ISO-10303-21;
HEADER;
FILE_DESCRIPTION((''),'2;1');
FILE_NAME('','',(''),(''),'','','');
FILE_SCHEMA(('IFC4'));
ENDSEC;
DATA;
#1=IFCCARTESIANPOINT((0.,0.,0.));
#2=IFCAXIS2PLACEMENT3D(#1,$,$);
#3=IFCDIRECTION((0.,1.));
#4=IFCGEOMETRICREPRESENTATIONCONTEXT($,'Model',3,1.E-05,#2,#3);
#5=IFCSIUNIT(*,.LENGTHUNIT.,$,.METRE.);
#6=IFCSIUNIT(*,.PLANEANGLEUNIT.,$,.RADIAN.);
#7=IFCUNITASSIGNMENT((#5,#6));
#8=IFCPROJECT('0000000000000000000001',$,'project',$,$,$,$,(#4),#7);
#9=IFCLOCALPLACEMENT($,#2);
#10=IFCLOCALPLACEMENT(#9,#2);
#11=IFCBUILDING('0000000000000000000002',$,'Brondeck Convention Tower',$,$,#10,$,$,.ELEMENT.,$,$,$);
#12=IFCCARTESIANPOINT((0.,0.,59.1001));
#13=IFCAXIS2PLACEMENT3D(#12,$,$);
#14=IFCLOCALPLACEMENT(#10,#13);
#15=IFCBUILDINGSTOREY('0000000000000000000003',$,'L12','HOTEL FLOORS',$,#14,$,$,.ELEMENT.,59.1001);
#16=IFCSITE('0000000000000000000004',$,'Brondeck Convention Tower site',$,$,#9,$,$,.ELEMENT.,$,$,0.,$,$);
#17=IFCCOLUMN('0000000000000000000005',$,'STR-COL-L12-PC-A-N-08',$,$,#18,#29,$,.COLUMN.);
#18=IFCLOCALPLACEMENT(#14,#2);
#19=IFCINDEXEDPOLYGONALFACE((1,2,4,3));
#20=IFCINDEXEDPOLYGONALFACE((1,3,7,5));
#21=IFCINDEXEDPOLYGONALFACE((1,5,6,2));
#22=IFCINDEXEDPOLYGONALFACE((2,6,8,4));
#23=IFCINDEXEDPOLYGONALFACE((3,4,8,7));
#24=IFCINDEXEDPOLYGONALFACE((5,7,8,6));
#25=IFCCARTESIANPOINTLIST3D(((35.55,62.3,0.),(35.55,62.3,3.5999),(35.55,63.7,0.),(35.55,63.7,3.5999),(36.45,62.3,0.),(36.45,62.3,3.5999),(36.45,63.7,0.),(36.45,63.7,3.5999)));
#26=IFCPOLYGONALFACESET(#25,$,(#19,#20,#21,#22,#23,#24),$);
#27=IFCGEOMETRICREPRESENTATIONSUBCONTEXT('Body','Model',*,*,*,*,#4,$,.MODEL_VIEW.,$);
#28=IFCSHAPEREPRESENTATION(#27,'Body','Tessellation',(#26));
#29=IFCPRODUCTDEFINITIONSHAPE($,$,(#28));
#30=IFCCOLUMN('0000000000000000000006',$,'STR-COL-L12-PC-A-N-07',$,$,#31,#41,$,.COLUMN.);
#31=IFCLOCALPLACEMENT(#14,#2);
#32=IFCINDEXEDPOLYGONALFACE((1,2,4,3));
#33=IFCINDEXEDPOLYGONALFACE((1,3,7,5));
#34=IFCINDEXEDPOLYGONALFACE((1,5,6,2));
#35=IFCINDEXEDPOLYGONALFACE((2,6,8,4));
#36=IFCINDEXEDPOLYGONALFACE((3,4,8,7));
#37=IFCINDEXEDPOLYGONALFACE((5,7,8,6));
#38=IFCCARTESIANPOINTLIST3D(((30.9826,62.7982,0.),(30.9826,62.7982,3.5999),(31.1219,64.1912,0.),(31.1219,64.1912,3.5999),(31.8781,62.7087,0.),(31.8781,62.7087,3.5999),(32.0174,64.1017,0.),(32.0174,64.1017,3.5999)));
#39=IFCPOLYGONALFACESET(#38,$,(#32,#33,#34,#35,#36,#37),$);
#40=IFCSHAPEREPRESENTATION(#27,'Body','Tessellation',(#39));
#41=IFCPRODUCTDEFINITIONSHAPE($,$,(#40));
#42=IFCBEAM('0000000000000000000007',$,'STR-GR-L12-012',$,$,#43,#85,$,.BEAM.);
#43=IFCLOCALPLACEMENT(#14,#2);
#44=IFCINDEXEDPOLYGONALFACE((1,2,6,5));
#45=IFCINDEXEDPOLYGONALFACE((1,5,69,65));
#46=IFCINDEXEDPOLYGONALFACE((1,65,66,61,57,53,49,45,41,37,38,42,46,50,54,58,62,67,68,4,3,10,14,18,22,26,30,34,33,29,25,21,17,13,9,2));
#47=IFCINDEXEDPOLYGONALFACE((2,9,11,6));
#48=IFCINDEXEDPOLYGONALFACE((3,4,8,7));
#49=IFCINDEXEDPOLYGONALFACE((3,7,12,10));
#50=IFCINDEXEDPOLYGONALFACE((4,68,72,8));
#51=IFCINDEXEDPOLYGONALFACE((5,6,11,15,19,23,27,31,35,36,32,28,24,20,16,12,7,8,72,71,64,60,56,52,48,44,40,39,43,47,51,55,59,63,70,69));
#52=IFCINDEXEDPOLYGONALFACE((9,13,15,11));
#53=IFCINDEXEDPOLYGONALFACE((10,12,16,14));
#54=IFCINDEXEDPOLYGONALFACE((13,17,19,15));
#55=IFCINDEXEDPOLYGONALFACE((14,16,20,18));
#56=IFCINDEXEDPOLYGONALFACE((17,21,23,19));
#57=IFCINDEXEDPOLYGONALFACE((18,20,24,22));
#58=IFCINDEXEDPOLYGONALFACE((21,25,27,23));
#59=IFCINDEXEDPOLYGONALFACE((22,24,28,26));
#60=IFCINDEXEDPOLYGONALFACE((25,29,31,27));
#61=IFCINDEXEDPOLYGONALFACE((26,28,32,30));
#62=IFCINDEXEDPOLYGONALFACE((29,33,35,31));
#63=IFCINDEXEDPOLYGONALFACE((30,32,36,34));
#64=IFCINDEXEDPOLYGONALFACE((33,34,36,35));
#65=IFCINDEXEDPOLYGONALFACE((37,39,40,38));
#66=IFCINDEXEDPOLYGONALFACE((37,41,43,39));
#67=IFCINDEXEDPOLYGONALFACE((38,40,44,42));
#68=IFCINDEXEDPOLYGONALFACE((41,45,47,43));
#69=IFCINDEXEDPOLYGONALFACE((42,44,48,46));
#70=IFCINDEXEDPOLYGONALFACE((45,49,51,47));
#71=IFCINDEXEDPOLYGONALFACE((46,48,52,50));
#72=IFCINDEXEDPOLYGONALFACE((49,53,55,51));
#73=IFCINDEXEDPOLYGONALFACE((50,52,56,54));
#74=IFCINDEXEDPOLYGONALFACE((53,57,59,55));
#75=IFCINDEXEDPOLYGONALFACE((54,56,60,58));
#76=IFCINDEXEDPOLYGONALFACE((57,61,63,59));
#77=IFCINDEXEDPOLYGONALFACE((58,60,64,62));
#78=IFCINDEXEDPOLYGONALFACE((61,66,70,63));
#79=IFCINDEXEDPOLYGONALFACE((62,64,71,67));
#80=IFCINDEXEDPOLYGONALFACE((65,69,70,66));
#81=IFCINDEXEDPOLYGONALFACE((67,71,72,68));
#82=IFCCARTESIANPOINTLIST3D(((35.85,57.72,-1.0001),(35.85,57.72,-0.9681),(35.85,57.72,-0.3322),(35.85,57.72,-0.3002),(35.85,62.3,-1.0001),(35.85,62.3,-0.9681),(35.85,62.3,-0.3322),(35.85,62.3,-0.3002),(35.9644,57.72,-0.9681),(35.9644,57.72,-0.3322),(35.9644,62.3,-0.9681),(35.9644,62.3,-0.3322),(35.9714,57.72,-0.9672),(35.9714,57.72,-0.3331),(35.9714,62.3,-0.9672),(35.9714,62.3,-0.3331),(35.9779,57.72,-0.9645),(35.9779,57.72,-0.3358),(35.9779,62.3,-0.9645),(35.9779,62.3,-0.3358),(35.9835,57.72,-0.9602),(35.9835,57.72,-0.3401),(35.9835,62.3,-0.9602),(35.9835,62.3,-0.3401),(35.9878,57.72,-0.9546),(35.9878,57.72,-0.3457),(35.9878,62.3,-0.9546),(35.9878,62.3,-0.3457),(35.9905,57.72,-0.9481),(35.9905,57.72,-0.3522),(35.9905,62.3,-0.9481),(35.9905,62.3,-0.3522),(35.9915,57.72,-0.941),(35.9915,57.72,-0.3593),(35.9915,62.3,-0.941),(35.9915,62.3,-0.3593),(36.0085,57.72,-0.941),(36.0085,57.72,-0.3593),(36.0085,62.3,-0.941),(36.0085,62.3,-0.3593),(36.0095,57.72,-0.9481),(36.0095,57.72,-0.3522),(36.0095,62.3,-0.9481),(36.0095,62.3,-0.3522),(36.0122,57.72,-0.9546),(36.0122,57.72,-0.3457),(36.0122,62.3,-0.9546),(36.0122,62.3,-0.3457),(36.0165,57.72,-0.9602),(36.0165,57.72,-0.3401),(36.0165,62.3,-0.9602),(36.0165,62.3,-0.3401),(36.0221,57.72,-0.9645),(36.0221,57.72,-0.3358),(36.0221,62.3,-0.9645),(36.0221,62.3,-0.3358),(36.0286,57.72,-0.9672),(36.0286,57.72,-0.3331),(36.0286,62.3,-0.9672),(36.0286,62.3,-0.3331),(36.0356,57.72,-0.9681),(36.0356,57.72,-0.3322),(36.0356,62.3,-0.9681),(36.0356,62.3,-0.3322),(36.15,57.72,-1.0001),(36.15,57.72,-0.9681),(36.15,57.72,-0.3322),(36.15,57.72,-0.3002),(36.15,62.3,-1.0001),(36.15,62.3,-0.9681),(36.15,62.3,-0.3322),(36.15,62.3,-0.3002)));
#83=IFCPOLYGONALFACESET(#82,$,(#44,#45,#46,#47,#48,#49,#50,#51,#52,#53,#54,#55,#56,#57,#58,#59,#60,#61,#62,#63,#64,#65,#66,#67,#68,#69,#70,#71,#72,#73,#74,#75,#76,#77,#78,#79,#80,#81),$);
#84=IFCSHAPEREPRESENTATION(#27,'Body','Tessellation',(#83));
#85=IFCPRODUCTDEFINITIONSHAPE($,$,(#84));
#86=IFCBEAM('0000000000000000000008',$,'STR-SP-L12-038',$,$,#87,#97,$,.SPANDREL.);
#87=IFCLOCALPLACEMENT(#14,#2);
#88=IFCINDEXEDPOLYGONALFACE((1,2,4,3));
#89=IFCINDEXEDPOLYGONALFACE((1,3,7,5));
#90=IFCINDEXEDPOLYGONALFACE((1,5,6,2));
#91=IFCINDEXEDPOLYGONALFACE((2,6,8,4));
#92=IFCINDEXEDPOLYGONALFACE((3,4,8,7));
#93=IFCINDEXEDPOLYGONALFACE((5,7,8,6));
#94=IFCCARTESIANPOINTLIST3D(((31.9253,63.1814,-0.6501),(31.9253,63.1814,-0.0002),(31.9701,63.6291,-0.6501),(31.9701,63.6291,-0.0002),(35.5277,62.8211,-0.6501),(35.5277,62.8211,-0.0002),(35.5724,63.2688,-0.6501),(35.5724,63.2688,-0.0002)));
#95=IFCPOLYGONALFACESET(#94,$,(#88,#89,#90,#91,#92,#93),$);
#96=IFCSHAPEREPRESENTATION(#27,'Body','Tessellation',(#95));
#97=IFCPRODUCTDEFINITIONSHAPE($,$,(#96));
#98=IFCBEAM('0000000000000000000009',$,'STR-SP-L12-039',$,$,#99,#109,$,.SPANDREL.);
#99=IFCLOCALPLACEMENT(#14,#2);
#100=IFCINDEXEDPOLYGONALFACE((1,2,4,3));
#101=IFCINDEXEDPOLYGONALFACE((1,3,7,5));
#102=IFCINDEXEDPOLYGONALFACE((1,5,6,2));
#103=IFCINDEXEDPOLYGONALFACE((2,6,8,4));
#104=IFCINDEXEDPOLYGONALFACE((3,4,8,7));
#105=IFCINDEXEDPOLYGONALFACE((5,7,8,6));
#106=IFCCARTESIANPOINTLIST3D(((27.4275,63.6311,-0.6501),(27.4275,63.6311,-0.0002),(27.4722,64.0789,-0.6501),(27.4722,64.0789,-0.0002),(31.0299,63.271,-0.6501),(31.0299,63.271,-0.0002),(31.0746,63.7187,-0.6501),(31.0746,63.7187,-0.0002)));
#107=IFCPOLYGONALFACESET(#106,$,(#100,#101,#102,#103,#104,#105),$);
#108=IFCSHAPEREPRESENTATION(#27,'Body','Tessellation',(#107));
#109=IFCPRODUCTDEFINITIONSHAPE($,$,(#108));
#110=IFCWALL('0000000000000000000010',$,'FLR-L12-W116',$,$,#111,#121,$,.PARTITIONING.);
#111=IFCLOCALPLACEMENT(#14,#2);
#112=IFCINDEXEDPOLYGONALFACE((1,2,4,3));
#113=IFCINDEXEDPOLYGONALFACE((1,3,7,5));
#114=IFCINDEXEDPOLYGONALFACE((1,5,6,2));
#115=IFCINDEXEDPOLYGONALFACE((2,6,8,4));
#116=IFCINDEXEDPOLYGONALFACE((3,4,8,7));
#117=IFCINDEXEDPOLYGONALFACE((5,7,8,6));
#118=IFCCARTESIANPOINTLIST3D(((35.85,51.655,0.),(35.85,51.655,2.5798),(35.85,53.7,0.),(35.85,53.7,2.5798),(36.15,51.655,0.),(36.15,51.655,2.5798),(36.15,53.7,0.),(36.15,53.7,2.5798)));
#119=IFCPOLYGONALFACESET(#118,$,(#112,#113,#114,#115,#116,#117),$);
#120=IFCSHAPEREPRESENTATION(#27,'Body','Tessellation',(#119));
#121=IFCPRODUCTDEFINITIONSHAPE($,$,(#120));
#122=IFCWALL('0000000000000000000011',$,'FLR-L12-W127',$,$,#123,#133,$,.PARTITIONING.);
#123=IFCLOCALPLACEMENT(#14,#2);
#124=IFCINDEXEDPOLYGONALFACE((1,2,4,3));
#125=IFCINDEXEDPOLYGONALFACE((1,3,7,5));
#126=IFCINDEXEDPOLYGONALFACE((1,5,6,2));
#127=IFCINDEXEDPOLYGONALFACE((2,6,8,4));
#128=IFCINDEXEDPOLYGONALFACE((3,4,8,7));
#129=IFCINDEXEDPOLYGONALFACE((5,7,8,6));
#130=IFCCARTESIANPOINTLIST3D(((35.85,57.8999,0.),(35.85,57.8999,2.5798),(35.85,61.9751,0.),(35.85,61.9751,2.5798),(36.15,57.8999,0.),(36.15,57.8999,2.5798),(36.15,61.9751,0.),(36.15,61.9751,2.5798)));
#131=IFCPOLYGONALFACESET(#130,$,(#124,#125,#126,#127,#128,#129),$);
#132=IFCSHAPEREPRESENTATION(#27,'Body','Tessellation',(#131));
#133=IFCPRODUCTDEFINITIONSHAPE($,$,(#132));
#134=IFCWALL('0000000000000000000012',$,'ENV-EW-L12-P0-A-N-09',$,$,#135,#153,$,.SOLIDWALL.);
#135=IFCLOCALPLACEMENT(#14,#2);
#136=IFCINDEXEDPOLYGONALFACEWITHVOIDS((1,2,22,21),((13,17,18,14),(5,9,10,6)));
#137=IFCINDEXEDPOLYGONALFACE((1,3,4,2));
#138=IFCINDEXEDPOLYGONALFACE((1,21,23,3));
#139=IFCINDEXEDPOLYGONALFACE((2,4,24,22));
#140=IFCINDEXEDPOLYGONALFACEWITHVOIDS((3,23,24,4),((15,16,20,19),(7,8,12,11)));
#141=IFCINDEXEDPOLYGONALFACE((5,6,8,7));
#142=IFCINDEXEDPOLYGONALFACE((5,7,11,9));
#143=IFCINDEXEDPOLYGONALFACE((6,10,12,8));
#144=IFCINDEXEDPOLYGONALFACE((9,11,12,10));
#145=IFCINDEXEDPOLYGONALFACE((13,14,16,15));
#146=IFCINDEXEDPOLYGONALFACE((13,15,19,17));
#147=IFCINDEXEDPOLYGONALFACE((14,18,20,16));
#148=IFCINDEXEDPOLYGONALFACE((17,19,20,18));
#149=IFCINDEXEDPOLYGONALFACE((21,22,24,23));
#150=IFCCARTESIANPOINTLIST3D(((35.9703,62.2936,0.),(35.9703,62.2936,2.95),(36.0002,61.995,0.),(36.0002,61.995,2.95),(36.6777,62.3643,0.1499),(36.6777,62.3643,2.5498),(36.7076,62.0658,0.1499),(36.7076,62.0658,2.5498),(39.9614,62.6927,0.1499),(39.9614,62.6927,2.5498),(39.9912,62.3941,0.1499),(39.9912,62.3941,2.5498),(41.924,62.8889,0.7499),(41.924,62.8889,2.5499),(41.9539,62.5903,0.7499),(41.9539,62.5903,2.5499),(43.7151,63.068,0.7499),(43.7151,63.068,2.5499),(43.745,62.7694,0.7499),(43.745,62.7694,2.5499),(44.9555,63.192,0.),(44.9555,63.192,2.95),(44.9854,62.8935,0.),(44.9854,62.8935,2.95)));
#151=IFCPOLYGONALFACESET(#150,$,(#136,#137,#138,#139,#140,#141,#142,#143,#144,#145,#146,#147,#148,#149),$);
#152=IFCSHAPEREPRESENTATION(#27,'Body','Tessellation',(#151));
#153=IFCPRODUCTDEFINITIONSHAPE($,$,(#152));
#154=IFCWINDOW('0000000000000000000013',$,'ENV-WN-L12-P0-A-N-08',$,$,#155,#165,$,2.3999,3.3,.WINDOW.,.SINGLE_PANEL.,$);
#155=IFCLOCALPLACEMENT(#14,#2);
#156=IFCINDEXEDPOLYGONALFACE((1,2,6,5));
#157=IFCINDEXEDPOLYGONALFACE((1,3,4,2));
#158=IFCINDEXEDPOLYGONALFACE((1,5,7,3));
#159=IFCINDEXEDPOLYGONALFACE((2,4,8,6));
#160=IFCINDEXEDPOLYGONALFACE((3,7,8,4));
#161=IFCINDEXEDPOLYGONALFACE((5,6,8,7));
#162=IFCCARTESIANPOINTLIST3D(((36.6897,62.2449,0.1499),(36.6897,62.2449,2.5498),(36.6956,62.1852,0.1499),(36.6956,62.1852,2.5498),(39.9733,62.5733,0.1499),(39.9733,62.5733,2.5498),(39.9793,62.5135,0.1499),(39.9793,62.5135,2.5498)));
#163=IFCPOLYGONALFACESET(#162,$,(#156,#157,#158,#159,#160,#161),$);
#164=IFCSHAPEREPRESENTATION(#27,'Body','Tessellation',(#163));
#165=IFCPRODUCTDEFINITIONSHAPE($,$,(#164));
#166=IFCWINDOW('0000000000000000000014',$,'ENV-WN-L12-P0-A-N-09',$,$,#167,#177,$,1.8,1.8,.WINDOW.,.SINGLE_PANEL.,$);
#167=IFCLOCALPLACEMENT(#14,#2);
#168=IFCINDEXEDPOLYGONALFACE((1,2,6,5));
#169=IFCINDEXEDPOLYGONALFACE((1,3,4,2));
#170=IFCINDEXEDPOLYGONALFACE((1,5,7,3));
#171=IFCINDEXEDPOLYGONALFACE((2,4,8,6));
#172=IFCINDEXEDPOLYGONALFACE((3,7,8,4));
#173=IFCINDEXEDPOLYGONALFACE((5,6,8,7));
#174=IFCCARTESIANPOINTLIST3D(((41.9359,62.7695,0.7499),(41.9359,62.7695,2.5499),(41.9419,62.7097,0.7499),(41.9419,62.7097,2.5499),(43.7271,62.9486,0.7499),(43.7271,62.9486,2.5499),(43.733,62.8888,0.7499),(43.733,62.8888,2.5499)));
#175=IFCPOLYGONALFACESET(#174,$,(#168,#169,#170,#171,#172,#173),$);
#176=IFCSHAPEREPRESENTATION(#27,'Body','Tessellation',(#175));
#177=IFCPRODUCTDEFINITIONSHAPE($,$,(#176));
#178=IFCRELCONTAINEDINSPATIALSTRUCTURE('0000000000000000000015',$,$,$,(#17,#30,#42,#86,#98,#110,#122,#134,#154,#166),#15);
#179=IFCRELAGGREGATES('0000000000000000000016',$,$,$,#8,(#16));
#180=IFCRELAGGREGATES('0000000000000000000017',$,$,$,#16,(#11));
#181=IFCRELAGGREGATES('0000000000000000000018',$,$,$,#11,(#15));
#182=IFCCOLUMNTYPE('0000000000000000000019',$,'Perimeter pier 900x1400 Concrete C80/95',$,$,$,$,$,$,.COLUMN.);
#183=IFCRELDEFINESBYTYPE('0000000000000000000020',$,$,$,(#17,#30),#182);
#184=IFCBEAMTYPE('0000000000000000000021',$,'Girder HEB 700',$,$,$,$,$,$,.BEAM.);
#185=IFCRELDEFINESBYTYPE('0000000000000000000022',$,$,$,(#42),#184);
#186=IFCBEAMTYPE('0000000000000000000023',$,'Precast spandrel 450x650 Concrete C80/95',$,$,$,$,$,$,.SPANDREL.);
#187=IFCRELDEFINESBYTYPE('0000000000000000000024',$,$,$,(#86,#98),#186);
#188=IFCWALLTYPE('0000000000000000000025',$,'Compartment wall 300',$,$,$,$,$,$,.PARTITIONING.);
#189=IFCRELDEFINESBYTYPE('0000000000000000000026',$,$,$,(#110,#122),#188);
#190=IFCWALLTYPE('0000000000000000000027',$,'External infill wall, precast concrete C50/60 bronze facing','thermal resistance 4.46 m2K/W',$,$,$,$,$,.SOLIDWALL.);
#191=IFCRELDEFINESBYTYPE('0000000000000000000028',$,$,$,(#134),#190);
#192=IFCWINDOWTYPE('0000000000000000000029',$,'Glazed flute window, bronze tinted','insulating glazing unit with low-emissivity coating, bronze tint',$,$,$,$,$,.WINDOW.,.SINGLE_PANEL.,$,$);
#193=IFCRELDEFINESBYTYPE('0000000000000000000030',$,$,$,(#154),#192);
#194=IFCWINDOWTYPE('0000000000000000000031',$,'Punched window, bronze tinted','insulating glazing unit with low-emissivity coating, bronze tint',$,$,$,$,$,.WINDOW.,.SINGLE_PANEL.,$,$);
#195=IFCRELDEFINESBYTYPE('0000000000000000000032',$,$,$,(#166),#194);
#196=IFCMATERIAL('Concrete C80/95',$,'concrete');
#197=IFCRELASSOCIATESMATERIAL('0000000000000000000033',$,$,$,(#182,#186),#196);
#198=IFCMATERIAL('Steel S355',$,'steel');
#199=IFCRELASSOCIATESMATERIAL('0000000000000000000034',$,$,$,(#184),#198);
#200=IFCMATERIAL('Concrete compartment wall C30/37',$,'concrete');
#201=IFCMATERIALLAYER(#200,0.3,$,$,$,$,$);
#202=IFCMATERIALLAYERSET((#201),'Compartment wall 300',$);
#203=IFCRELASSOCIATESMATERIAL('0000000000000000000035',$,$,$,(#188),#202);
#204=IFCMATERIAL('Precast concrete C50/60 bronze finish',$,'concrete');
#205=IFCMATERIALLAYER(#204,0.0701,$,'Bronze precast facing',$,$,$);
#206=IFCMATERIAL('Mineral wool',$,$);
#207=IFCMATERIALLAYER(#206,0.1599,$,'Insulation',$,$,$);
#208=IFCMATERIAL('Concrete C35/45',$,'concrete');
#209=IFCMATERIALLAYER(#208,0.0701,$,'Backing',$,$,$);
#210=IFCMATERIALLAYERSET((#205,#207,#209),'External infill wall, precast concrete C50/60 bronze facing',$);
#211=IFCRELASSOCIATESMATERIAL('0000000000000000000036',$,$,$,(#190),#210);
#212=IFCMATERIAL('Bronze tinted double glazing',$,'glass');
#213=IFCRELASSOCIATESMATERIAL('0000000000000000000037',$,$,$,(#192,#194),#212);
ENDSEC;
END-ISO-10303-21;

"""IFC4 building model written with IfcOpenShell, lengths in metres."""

from ifc_helpers import new_model, si_unit, direction, frame, frame_2d, origin, origin_2d, place, context, subcontext, project, spatial, rectangle, i_section, extrude, material, layer, layer_set, material_profile, profile_set, type_object, element, fill, save


model = new_model("IFC4")

# Units and contexts
model_context = context("Model", 3, precision=1e-05, world=origin(), true_north=direction((0.0, 1.0)))
body_context = subcontext(model_context, "Body", "Model", "MODEL_VIEW")
ifc_project = project(units=[si_unit("LENGTHUNIT", "METRE"), si_unit("PLANEANGLEUNIT", "RADIAN")], contexts=[model_context])

# Site, building, storey
site_placement = place(None, origin())
site = spatial("IfcSite", under=ifc_project, at=site_placement, Name="Brondeck Convention Tower site", CompositionType="ELEMENT", RefElevation=0.0)
building_placement = place(site_placement, origin())
building = spatial("IfcBuilding", under=site, at=building_placement, Name="Brondeck Convention Tower", CompositionType="ELEMENT")
storey_placement = place(building_placement, frame((0.0, 0.0, 59.1001)))
storey = spatial("IfcBuildingStorey", under=building, at=storey_placement, Name="L12", Description="HOTEL FLOORS", CompositionType="ELEMENT", Elevation=59.1001)

# Columns
ifc_material_1 = material(Name="Concrete C80/95", Category="concrete")
ifc_material_profile_1 = material_profile(ifc_material_1, rectangle(XDim=0.8999, YDim=1.3999, at=origin_2d()), Name="Perimeter pier 900x1400 Concrete C80/95")
ifc_profile_set_1 = profile_set([ifc_material_profile_1], Name="Concrete C80/95")
column_type = type_object("IfcColumnType", Name="Perimeter pier 900x1400 Concrete C80/95", PredefinedType="COLUMN", material=ifc_profile_set_1)
for number, where, z_axis, x_axis, name in (
    (1, (36.0, 63.0, 0.0), (0.0, 0.0, 1.0), (-1.0, 0.0, 0.0), "STR-COL-L12-PC-A-N-08"),
    (2, (31.5, 63.45, 0.0), (0.0, 0.0, 1.0), (-0.995037, 0.099504, 0.0), "STR-COL-L12-PC-A-N-07"),
):
    element("IfcColumn", number, at=place(storey_placement, frame(where, z_axis=z_axis, x_axis=x_axis)), inside=storey, type_object=column_type, Name=name, PredefinedType="COLUMN", context=body_context, shape_type="SweptSolid", body=[
        extrude(rectangle(XDim=0.8999, YDim=1.3999, at=origin_2d()), origin(), (0.0, 0.0, 1.0), 3.5999),
    ])

# Beams
ifc_material_2 = material(Name="Steel S355", Category="steel")
ifc_material_profile_2 = material_profile(ifc_material_2, i_section(OverallWidth=0.3, OverallDepth=0.7, WebThickness=0.0171, FlangeThickness=0.032, FilletRadius=0.0271, at=origin_2d()), Name="HEB 700")
ifc_profile_set_2 = profile_set([ifc_material_profile_2], Name="Steel S355")
beam_type_1 = type_object("IfcBeamType", Name="Girder HEB 700", PredefinedType="BEAM", material=ifc_profile_set_2)
beam_placement = place(storey_placement, frame((36.0, 57.72, -0.6501), z_axis=(0.0, 1.0, 0.0), x_axis=(-1.0, 0.0, 0.0)))
element("IfcBeam", 3, at=beam_placement, inside=storey, type_object=beam_type_1, Name="STR-GR-L12-012", PredefinedType="BEAM", context=body_context, shape_type="SweptSolid", body=[
    extrude(i_section(OverallWidth=0.3, OverallDepth=0.7, WebThickness=0.0171, FlangeThickness=0.032, FilletRadius=0.0271, at=origin_2d()), origin(), (0.0, 0.0, 1.0), 4.5801),
])
ifc_material_profile_3 = material_profile(ifc_material_1, rectangle(XDim=0.45, YDim=0.6499, at=origin_2d()), Name="Precast spandrel 450x650 Concrete C80/95")
ifc_profile_set_3 = profile_set([ifc_material_profile_3], Name="Concrete C80/95")
beam_type_2 = type_object("IfcBeamType", Name="Precast spandrel 450x650 Concrete C80/95", PredefinedType="SPANDREL", material=ifc_profile_set_3)
for number, where, z_axis, x_axis, name in (
    (4, (35.55, 63.0449, -0.3252), (-0.995034, 0.099537, 0.0), (-0.099537, -0.995034, 0.0), "STR-SP-L12-038"),
    (5, (31.0522, 63.4949, -0.3252), (-0.995041, 0.09947, 0.0), (-0.09947, -0.995041, 0.0), "STR-SP-L12-039"),
):
    element("IfcBeam", number, at=place(storey_placement, frame(where, z_axis=z_axis, x_axis=x_axis)), inside=storey, type_object=beam_type_2, Name=name, PredefinedType="SPANDREL", context=body_context, shape_type="SweptSolid", body=[
        extrude(rectangle(XDim=0.45, YDim=0.6499, at=origin_2d()), origin(), (0.0, 0.0, 1.0), 3.6204),
    ])

# Walls
ifc_material_3 = material(Name="Concrete compartment wall C30/37", Category="concrete")
ifc_layer_1 = layer(ifc_material_3, 0.3)
ifc_layer_set_1 = layer_set([ifc_layer_1], Name="Compartment wall 300")
wall_type_1 = type_object("IfcWallType", Name="Compartment wall 300", PredefinedType="PARTITIONING", material=ifc_layer_set_1)
wall_1_placement = place(storey_placement, frame((36.0, 53.7, 0.0), z_axis=(0.0, 0.0, 1.0), x_axis=(0.0, -1.0, 0.0)))
element("IfcWall", 6, at=wall_1_placement, inside=storey, type_object=wall_type_1, Name="FLR-L12-W116", PredefinedType="PARTITIONING", context=body_context, shape_type="SweptSolid", body=[
    extrude(rectangle(XDim=2.0449, YDim=0.3, at=frame_2d((1.0225, 0.0))), origin(), (0.0, 0.0, 1.0), 2.5798),
])
wall_2_placement = place(storey_placement, frame((36.0, 61.9751, 0.0), z_axis=(0.0, 0.0, 1.0), x_axis=(0.0, -1.0, 0.0)))
element("IfcWall", 7, at=wall_2_placement, inside=storey, type_object=wall_type_1, Name="FLR-L12-W127", PredefinedType="PARTITIONING", context=body_context, shape_type="SweptSolid", body=[
    extrude(rectangle(XDim=4.0752, YDim=0.3, at=frame_2d((2.0376, 0.0))), origin(), (0.0, 0.0, 1.0), 2.5798),
])

# Wall, openings, windows
ifc_material_4 = material(Name="Precast concrete C50/60 bronze finish", Category="concrete")
ifc_layer_2 = layer(ifc_material_4, 0.0701, Name="Bronze precast facing")
ifc_material_5 = material(Name="Mineral wool")
ifc_layer_3 = layer(ifc_material_5, 0.1599, Name="Insulation")
ifc_material_6 = material(Name="Concrete C35/45", Category="concrete")
ifc_layer_4 = layer(ifc_material_6, 0.0701, Name="Backing")
ifc_layer_set_2 = layer_set([ifc_layer_2, ifc_layer_3, ifc_layer_4], Name="External infill wall, precast concrete C50/60 bronze facing")
wall_type_2 = type_object("IfcWallType", Name="External infill wall, precast concrete C50/60 bronze facing", Description="thermal resistance 4.46 m2K/W", PredefinedType="SOLIDWALL", material=ifc_layer_set_2)
wall_3_placement = place(storey_placement, frame((35.9851, 62.1443, 0.0), z_axis=(0.0, 0.0, 1.0), x_axis=(0.995038, 0.099496, 0.0)))
wall_3 = element("IfcWall", 8, at=wall_3_placement, inside=storey, type_object=wall_type_2, Name="ENV-EW-L12-P0-A-N-09", PredefinedType="SOLIDWALL", context=body_context, shape_type="SweptSolid", body=[
    extrude(rectangle(XDim=9.03, YDim=0.3, at=frame_2d((4.5151, 0.0))), origin(), (0.0, 0.0, 1.0), 2.95),
])
opening_1_placement = place(wall_3_placement, frame((0.7112, 0.0, 0.1499)))
opening_1 = element("IfcOpeningElement", 9, at=opening_1_placement, cuts=wall_3, PredefinedType="OPENING", context=body_context, shape_type="SweptSolid", body=[
    extrude(rectangle(XDim=3.3, YDim=2.3999, at=frame_2d((1.6499, 1.2))), frame((0.0, 0.1599, 0.0), z_axis=(0.0, -1.0, 0.0), x_axis=(1.0, 0.0, 0.0)), (0.0, 0.0, 1.0), 0.3201),
])
opening_2_placement = place(wall_3_placement, frame((5.9836, 0.0, 0.75)))
opening_2 = element("IfcOpeningElement", 10, at=opening_2_placement, cuts=wall_3, PredefinedType="OPENING", context=body_context, shape_type="SweptSolid", body=[
    extrude(rectangle(XDim=1.8, YDim=1.8, at=frame_2d((0.8999, 0.8999))), frame((0.0, 0.1599, 0.0), z_axis=(0.0, -1.0, 0.0), x_axis=(1.0, 0.0, 0.0)), (0.0, 0.0, 1.0), 0.3201),
])
ifc_material_7 = material(Name="Bronze tinted double glazing", Category="glass")
window_type_1 = type_object("IfcWindowType", Name="Glazed flute window, bronze tinted", Description="insulating glazing unit with low-emissivity coating, bronze tint", PartitioningType="SINGLE_PANEL", PredefinedType="WINDOW", material=ifc_material_7)
window_1_placement = place(opening_1_placement, origin())
window_1 = element("IfcWindow", 11, at=window_1_placement, inside=storey, type_object=window_type_1, Name="ENV-WN-L12-P0-A-N-08", OverallHeight=2.3999, OverallWidth=3.3, PartitioningType="SINGLE_PANEL", PredefinedType="WINDOW", context=body_context, shape_type="SweptSolid", body=[
    extrude(rectangle(XDim=3.3, YDim=2.3999, at=frame_2d((1.6499, 1.2))), frame((0.0, 0.03, 0.0), z_axis=(0.0, -1.0, 0.0), x_axis=(1.0, 0.0, 0.0)), (0.0, 0.0, 1.0), 0.0601),
])
fill(opening_1, window_1)
window_type_2 = type_object("IfcWindowType", Name="Punched window, bronze tinted", Description="insulating glazing unit with low-emissivity coating, bronze tint", PartitioningType="SINGLE_PANEL", PredefinedType="WINDOW", material=ifc_material_7)
window_2_placement = place(opening_2_placement, origin())
window_2 = element("IfcWindow", 12, at=window_2_placement, inside=storey, type_object=window_type_2, Name="ENV-WN-L12-P0-A-N-09", OverallHeight=1.8, OverallWidth=1.8, PartitioningType="SINGLE_PANEL", PredefinedType="WINDOW", context=body_context, shape_type="SweptSolid", body=[
    extrude(rectangle(XDim=1.8, YDim=1.8, at=frame_2d((0.8999, 0.8999))), frame((0.0, 0.03, 0.0), z_axis=(0.0, -1.0, 0.0), x_axis=(1.0, 0.0, 0.0)), (0.0, 0.0, 1.0), 0.0601),
])
fill(opening_2, window_2)

save(model, "model.ifc")
